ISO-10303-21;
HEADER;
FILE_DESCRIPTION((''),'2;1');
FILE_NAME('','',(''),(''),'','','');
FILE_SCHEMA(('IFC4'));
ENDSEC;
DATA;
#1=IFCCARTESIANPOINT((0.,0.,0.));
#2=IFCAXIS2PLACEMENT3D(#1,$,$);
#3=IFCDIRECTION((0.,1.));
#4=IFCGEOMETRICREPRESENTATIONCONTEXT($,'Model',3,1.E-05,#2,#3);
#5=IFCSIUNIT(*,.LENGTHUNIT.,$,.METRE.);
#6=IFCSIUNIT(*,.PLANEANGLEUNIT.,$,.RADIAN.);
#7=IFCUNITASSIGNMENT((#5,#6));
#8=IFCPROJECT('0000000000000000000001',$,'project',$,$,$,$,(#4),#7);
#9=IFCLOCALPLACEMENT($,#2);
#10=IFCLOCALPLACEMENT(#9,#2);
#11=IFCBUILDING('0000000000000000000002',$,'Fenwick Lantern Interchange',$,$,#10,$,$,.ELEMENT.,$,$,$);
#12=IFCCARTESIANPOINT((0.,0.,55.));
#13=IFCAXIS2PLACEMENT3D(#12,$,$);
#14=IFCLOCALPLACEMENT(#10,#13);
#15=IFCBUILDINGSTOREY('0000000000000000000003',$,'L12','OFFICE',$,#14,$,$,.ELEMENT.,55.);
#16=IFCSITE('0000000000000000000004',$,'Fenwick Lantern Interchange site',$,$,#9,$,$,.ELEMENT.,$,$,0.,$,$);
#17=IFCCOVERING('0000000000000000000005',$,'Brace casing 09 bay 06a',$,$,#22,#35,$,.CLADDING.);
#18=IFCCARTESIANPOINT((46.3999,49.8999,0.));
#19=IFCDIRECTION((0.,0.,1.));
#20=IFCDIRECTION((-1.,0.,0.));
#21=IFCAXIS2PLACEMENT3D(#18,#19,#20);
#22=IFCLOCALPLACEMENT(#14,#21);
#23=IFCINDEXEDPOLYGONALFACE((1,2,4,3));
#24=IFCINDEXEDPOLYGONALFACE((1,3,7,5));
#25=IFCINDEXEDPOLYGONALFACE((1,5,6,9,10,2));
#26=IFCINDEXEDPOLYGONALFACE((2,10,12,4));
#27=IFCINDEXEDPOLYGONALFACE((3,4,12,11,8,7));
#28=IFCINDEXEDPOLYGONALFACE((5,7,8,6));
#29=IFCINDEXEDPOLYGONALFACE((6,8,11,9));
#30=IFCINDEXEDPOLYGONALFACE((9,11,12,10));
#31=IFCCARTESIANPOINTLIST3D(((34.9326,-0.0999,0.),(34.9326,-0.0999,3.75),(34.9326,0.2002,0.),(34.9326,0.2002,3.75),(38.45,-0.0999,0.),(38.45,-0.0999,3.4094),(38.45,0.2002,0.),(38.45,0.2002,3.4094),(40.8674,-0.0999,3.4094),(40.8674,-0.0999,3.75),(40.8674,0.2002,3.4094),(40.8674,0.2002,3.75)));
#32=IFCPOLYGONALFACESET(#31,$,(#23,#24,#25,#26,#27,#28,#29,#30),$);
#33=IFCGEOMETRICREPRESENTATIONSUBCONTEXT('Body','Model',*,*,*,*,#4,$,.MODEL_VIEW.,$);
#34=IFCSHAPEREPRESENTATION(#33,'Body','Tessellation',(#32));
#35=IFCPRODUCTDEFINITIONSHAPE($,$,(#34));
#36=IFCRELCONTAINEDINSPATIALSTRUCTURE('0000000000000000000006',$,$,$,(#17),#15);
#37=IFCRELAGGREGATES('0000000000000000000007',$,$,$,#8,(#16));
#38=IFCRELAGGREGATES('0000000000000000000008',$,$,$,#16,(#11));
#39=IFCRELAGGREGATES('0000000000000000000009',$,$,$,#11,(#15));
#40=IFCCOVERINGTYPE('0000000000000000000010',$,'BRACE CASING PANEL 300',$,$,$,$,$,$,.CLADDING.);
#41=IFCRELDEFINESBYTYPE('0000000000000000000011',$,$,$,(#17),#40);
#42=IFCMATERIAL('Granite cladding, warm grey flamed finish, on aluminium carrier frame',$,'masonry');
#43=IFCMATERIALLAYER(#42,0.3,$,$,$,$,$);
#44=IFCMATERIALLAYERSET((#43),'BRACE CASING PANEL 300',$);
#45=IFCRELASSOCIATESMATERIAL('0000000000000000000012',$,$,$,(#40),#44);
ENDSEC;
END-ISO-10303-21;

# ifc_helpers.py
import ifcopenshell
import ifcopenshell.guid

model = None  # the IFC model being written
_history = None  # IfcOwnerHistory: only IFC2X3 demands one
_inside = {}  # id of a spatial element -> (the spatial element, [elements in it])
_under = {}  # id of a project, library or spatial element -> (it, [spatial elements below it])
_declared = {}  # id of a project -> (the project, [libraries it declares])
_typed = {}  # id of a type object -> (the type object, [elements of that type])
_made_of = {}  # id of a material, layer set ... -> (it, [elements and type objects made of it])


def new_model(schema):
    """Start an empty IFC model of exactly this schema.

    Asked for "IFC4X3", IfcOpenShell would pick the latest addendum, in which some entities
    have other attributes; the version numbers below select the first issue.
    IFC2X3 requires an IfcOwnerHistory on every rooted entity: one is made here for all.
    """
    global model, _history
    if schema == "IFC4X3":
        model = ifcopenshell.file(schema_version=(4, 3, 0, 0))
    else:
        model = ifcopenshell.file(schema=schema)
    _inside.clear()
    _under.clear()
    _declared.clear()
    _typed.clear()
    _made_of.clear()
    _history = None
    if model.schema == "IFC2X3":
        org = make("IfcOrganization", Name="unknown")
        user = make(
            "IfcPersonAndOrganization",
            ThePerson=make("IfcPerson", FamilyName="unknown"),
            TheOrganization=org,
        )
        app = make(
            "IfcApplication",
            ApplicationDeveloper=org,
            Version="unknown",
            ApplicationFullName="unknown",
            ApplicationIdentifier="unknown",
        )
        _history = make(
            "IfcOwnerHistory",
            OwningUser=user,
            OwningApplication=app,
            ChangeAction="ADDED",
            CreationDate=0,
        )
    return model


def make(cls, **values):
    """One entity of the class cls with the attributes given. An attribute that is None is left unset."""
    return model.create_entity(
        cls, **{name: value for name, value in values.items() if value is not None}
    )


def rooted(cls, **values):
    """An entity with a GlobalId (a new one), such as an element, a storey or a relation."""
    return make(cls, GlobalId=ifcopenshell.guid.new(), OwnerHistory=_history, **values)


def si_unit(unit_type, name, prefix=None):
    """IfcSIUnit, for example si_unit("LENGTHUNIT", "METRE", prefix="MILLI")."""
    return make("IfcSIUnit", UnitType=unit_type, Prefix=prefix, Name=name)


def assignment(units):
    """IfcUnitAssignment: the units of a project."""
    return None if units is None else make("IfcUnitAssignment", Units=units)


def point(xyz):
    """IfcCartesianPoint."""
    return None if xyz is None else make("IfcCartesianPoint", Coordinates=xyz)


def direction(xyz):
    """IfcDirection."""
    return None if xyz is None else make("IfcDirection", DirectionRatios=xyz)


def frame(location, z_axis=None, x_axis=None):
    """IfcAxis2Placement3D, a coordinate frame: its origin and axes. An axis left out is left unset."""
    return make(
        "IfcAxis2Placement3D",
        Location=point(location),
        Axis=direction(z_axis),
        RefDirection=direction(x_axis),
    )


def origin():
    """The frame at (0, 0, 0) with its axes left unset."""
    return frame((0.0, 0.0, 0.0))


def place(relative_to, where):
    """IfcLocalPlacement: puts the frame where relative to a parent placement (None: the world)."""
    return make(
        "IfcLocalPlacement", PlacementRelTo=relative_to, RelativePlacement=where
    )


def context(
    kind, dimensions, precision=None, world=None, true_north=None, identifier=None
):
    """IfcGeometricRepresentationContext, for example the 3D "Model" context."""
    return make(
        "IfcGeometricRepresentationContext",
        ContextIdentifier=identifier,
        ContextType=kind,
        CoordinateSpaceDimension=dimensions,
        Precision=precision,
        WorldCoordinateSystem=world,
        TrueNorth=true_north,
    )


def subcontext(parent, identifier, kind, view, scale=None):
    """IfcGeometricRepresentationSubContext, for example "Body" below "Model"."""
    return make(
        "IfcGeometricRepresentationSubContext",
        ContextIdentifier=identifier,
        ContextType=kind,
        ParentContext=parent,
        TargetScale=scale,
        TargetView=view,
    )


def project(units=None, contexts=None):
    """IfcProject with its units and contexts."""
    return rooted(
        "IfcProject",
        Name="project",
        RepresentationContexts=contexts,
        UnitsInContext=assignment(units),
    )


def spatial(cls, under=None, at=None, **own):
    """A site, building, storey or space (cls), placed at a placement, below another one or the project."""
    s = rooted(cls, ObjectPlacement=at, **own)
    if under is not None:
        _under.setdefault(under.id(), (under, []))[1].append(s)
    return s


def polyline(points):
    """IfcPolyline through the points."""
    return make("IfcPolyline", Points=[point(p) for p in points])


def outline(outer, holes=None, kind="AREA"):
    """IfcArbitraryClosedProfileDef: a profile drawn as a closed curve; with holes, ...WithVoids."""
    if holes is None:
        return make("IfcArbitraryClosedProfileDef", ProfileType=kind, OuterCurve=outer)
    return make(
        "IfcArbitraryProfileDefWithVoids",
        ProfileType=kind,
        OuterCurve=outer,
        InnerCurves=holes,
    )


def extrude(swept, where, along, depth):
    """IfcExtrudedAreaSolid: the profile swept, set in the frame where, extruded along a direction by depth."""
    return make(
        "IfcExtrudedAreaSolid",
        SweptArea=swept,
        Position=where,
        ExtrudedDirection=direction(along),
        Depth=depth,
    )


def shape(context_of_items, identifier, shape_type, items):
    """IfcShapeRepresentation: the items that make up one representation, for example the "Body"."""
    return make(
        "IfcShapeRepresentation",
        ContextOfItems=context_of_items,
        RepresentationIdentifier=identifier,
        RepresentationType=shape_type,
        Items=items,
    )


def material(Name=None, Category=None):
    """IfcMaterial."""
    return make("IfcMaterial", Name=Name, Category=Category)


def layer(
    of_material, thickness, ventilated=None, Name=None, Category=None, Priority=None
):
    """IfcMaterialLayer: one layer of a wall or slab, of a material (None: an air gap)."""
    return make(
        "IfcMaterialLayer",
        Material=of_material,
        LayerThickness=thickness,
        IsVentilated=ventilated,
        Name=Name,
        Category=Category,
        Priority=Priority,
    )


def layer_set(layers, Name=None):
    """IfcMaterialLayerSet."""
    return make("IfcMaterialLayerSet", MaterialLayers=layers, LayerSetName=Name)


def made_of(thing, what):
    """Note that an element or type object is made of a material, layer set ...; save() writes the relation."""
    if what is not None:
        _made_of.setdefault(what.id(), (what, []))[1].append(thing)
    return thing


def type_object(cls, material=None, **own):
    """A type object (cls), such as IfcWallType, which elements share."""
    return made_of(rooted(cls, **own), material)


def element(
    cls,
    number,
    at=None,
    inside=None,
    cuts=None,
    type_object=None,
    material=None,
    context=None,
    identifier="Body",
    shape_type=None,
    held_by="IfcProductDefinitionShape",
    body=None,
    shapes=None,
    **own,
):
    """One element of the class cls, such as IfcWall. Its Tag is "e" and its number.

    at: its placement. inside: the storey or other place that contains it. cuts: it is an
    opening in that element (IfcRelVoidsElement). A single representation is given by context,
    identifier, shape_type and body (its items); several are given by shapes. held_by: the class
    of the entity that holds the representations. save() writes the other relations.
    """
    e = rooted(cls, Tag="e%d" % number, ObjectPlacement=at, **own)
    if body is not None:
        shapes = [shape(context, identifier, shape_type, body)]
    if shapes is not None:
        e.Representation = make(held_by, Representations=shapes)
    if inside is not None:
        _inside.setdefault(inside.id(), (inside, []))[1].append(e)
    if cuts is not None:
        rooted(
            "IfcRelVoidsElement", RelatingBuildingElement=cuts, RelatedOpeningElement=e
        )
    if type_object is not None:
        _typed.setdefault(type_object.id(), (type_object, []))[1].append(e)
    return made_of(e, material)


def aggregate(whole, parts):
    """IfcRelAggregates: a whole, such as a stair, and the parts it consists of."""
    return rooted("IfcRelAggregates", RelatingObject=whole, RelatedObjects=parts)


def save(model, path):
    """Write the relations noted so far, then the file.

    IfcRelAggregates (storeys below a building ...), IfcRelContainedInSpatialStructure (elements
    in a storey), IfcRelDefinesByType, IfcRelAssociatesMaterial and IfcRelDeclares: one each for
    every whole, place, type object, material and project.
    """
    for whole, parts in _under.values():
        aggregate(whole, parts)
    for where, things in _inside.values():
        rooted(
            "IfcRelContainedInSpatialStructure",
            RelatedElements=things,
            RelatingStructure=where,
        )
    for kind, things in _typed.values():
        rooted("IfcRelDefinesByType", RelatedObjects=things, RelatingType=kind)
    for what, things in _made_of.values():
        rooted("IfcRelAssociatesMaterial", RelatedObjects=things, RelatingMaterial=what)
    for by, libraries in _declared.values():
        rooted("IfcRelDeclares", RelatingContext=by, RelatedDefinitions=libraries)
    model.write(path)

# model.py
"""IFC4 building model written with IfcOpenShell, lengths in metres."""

from ifc_helpers import new_model, si_unit, direction, frame, origin, place, context, subcontext, project, spatial, polyline, outline, extrude, material, layer, layer_set, type_object, element, save


model = new_model("IFC4")

# Units and contexts
model_context = context("Model", 3, precision=1e-05, world=origin(), true_north=direction((0.0, 1.0)))
body_context = subcontext(model_context, "Body", "Model", "MODEL_VIEW")
ifc_project = project(units=[si_unit("LENGTHUNIT", "METRE"), si_unit("PLANEANGLEUNIT", "RADIAN")], contexts=[model_context])

# Site, building, storey
site_placement = place(None, origin())
site = spatial("IfcSite", under=ifc_project, at=site_placement, Name="Fenwick Lantern Interchange site", CompositionType="ELEMENT", RefElevation=0.0)
building_placement = place(site_placement, origin())
building = spatial("IfcBuilding", under=site, at=building_placement, Name="Fenwick Lantern Interchange", CompositionType="ELEMENT")
storey_placement = place(building_placement, frame((0.0, 0.0, 55.0)))
storey = spatial("IfcBuildingStorey", under=building, at=storey_placement, Name="L12", Description="OFFICE", CompositionType="ELEMENT", Elevation=55.0)

# Covering
ifc_material_1 = material(Name="Granite cladding, warm grey flamed finish, on aluminium carrier frame", Category="masonry")
ifc_layer_1 = layer(ifc_material_1, 0.3)
ifc_layer_set_1 = layer_set([ifc_layer_1], Name="BRACE CASING PANEL 300")
covering_type = type_object("IfcCoveringType", Name="BRACE CASING PANEL 300", PredefinedType="CLADDING", material=ifc_layer_set_1)
covering_1_placement = place(storey_placement, frame((46.3999, 49.8999, 0.0), z_axis=(0.0, 0.0, 1.0), x_axis=(-1.0, 0.0, 0.0)))
element("IfcCovering", 1, at=covering_1_placement, inside=storey, type_object=covering_type, Name="Brace casing 09 bay 06a", PredefinedType="CLADDING", context=body_context, shape_type="SweptSolid", body=[
    extrude(outline(polyline([(34.9326, 0.0), (38.45, 0.0), (38.45, 3.4094), (40.8674, 3.4094), (40.8674, 3.75), (34.9326, 3.75), (34.9326, 0.0)])), frame((0.0, 0.2002, 0.0), z_axis=(0.0, -1.0, 0.0), x_axis=(1.0, 0.0, 0.0)), (0.0, 0.0, 1.0), 0.3),
])

save(model, "model.ifc")
